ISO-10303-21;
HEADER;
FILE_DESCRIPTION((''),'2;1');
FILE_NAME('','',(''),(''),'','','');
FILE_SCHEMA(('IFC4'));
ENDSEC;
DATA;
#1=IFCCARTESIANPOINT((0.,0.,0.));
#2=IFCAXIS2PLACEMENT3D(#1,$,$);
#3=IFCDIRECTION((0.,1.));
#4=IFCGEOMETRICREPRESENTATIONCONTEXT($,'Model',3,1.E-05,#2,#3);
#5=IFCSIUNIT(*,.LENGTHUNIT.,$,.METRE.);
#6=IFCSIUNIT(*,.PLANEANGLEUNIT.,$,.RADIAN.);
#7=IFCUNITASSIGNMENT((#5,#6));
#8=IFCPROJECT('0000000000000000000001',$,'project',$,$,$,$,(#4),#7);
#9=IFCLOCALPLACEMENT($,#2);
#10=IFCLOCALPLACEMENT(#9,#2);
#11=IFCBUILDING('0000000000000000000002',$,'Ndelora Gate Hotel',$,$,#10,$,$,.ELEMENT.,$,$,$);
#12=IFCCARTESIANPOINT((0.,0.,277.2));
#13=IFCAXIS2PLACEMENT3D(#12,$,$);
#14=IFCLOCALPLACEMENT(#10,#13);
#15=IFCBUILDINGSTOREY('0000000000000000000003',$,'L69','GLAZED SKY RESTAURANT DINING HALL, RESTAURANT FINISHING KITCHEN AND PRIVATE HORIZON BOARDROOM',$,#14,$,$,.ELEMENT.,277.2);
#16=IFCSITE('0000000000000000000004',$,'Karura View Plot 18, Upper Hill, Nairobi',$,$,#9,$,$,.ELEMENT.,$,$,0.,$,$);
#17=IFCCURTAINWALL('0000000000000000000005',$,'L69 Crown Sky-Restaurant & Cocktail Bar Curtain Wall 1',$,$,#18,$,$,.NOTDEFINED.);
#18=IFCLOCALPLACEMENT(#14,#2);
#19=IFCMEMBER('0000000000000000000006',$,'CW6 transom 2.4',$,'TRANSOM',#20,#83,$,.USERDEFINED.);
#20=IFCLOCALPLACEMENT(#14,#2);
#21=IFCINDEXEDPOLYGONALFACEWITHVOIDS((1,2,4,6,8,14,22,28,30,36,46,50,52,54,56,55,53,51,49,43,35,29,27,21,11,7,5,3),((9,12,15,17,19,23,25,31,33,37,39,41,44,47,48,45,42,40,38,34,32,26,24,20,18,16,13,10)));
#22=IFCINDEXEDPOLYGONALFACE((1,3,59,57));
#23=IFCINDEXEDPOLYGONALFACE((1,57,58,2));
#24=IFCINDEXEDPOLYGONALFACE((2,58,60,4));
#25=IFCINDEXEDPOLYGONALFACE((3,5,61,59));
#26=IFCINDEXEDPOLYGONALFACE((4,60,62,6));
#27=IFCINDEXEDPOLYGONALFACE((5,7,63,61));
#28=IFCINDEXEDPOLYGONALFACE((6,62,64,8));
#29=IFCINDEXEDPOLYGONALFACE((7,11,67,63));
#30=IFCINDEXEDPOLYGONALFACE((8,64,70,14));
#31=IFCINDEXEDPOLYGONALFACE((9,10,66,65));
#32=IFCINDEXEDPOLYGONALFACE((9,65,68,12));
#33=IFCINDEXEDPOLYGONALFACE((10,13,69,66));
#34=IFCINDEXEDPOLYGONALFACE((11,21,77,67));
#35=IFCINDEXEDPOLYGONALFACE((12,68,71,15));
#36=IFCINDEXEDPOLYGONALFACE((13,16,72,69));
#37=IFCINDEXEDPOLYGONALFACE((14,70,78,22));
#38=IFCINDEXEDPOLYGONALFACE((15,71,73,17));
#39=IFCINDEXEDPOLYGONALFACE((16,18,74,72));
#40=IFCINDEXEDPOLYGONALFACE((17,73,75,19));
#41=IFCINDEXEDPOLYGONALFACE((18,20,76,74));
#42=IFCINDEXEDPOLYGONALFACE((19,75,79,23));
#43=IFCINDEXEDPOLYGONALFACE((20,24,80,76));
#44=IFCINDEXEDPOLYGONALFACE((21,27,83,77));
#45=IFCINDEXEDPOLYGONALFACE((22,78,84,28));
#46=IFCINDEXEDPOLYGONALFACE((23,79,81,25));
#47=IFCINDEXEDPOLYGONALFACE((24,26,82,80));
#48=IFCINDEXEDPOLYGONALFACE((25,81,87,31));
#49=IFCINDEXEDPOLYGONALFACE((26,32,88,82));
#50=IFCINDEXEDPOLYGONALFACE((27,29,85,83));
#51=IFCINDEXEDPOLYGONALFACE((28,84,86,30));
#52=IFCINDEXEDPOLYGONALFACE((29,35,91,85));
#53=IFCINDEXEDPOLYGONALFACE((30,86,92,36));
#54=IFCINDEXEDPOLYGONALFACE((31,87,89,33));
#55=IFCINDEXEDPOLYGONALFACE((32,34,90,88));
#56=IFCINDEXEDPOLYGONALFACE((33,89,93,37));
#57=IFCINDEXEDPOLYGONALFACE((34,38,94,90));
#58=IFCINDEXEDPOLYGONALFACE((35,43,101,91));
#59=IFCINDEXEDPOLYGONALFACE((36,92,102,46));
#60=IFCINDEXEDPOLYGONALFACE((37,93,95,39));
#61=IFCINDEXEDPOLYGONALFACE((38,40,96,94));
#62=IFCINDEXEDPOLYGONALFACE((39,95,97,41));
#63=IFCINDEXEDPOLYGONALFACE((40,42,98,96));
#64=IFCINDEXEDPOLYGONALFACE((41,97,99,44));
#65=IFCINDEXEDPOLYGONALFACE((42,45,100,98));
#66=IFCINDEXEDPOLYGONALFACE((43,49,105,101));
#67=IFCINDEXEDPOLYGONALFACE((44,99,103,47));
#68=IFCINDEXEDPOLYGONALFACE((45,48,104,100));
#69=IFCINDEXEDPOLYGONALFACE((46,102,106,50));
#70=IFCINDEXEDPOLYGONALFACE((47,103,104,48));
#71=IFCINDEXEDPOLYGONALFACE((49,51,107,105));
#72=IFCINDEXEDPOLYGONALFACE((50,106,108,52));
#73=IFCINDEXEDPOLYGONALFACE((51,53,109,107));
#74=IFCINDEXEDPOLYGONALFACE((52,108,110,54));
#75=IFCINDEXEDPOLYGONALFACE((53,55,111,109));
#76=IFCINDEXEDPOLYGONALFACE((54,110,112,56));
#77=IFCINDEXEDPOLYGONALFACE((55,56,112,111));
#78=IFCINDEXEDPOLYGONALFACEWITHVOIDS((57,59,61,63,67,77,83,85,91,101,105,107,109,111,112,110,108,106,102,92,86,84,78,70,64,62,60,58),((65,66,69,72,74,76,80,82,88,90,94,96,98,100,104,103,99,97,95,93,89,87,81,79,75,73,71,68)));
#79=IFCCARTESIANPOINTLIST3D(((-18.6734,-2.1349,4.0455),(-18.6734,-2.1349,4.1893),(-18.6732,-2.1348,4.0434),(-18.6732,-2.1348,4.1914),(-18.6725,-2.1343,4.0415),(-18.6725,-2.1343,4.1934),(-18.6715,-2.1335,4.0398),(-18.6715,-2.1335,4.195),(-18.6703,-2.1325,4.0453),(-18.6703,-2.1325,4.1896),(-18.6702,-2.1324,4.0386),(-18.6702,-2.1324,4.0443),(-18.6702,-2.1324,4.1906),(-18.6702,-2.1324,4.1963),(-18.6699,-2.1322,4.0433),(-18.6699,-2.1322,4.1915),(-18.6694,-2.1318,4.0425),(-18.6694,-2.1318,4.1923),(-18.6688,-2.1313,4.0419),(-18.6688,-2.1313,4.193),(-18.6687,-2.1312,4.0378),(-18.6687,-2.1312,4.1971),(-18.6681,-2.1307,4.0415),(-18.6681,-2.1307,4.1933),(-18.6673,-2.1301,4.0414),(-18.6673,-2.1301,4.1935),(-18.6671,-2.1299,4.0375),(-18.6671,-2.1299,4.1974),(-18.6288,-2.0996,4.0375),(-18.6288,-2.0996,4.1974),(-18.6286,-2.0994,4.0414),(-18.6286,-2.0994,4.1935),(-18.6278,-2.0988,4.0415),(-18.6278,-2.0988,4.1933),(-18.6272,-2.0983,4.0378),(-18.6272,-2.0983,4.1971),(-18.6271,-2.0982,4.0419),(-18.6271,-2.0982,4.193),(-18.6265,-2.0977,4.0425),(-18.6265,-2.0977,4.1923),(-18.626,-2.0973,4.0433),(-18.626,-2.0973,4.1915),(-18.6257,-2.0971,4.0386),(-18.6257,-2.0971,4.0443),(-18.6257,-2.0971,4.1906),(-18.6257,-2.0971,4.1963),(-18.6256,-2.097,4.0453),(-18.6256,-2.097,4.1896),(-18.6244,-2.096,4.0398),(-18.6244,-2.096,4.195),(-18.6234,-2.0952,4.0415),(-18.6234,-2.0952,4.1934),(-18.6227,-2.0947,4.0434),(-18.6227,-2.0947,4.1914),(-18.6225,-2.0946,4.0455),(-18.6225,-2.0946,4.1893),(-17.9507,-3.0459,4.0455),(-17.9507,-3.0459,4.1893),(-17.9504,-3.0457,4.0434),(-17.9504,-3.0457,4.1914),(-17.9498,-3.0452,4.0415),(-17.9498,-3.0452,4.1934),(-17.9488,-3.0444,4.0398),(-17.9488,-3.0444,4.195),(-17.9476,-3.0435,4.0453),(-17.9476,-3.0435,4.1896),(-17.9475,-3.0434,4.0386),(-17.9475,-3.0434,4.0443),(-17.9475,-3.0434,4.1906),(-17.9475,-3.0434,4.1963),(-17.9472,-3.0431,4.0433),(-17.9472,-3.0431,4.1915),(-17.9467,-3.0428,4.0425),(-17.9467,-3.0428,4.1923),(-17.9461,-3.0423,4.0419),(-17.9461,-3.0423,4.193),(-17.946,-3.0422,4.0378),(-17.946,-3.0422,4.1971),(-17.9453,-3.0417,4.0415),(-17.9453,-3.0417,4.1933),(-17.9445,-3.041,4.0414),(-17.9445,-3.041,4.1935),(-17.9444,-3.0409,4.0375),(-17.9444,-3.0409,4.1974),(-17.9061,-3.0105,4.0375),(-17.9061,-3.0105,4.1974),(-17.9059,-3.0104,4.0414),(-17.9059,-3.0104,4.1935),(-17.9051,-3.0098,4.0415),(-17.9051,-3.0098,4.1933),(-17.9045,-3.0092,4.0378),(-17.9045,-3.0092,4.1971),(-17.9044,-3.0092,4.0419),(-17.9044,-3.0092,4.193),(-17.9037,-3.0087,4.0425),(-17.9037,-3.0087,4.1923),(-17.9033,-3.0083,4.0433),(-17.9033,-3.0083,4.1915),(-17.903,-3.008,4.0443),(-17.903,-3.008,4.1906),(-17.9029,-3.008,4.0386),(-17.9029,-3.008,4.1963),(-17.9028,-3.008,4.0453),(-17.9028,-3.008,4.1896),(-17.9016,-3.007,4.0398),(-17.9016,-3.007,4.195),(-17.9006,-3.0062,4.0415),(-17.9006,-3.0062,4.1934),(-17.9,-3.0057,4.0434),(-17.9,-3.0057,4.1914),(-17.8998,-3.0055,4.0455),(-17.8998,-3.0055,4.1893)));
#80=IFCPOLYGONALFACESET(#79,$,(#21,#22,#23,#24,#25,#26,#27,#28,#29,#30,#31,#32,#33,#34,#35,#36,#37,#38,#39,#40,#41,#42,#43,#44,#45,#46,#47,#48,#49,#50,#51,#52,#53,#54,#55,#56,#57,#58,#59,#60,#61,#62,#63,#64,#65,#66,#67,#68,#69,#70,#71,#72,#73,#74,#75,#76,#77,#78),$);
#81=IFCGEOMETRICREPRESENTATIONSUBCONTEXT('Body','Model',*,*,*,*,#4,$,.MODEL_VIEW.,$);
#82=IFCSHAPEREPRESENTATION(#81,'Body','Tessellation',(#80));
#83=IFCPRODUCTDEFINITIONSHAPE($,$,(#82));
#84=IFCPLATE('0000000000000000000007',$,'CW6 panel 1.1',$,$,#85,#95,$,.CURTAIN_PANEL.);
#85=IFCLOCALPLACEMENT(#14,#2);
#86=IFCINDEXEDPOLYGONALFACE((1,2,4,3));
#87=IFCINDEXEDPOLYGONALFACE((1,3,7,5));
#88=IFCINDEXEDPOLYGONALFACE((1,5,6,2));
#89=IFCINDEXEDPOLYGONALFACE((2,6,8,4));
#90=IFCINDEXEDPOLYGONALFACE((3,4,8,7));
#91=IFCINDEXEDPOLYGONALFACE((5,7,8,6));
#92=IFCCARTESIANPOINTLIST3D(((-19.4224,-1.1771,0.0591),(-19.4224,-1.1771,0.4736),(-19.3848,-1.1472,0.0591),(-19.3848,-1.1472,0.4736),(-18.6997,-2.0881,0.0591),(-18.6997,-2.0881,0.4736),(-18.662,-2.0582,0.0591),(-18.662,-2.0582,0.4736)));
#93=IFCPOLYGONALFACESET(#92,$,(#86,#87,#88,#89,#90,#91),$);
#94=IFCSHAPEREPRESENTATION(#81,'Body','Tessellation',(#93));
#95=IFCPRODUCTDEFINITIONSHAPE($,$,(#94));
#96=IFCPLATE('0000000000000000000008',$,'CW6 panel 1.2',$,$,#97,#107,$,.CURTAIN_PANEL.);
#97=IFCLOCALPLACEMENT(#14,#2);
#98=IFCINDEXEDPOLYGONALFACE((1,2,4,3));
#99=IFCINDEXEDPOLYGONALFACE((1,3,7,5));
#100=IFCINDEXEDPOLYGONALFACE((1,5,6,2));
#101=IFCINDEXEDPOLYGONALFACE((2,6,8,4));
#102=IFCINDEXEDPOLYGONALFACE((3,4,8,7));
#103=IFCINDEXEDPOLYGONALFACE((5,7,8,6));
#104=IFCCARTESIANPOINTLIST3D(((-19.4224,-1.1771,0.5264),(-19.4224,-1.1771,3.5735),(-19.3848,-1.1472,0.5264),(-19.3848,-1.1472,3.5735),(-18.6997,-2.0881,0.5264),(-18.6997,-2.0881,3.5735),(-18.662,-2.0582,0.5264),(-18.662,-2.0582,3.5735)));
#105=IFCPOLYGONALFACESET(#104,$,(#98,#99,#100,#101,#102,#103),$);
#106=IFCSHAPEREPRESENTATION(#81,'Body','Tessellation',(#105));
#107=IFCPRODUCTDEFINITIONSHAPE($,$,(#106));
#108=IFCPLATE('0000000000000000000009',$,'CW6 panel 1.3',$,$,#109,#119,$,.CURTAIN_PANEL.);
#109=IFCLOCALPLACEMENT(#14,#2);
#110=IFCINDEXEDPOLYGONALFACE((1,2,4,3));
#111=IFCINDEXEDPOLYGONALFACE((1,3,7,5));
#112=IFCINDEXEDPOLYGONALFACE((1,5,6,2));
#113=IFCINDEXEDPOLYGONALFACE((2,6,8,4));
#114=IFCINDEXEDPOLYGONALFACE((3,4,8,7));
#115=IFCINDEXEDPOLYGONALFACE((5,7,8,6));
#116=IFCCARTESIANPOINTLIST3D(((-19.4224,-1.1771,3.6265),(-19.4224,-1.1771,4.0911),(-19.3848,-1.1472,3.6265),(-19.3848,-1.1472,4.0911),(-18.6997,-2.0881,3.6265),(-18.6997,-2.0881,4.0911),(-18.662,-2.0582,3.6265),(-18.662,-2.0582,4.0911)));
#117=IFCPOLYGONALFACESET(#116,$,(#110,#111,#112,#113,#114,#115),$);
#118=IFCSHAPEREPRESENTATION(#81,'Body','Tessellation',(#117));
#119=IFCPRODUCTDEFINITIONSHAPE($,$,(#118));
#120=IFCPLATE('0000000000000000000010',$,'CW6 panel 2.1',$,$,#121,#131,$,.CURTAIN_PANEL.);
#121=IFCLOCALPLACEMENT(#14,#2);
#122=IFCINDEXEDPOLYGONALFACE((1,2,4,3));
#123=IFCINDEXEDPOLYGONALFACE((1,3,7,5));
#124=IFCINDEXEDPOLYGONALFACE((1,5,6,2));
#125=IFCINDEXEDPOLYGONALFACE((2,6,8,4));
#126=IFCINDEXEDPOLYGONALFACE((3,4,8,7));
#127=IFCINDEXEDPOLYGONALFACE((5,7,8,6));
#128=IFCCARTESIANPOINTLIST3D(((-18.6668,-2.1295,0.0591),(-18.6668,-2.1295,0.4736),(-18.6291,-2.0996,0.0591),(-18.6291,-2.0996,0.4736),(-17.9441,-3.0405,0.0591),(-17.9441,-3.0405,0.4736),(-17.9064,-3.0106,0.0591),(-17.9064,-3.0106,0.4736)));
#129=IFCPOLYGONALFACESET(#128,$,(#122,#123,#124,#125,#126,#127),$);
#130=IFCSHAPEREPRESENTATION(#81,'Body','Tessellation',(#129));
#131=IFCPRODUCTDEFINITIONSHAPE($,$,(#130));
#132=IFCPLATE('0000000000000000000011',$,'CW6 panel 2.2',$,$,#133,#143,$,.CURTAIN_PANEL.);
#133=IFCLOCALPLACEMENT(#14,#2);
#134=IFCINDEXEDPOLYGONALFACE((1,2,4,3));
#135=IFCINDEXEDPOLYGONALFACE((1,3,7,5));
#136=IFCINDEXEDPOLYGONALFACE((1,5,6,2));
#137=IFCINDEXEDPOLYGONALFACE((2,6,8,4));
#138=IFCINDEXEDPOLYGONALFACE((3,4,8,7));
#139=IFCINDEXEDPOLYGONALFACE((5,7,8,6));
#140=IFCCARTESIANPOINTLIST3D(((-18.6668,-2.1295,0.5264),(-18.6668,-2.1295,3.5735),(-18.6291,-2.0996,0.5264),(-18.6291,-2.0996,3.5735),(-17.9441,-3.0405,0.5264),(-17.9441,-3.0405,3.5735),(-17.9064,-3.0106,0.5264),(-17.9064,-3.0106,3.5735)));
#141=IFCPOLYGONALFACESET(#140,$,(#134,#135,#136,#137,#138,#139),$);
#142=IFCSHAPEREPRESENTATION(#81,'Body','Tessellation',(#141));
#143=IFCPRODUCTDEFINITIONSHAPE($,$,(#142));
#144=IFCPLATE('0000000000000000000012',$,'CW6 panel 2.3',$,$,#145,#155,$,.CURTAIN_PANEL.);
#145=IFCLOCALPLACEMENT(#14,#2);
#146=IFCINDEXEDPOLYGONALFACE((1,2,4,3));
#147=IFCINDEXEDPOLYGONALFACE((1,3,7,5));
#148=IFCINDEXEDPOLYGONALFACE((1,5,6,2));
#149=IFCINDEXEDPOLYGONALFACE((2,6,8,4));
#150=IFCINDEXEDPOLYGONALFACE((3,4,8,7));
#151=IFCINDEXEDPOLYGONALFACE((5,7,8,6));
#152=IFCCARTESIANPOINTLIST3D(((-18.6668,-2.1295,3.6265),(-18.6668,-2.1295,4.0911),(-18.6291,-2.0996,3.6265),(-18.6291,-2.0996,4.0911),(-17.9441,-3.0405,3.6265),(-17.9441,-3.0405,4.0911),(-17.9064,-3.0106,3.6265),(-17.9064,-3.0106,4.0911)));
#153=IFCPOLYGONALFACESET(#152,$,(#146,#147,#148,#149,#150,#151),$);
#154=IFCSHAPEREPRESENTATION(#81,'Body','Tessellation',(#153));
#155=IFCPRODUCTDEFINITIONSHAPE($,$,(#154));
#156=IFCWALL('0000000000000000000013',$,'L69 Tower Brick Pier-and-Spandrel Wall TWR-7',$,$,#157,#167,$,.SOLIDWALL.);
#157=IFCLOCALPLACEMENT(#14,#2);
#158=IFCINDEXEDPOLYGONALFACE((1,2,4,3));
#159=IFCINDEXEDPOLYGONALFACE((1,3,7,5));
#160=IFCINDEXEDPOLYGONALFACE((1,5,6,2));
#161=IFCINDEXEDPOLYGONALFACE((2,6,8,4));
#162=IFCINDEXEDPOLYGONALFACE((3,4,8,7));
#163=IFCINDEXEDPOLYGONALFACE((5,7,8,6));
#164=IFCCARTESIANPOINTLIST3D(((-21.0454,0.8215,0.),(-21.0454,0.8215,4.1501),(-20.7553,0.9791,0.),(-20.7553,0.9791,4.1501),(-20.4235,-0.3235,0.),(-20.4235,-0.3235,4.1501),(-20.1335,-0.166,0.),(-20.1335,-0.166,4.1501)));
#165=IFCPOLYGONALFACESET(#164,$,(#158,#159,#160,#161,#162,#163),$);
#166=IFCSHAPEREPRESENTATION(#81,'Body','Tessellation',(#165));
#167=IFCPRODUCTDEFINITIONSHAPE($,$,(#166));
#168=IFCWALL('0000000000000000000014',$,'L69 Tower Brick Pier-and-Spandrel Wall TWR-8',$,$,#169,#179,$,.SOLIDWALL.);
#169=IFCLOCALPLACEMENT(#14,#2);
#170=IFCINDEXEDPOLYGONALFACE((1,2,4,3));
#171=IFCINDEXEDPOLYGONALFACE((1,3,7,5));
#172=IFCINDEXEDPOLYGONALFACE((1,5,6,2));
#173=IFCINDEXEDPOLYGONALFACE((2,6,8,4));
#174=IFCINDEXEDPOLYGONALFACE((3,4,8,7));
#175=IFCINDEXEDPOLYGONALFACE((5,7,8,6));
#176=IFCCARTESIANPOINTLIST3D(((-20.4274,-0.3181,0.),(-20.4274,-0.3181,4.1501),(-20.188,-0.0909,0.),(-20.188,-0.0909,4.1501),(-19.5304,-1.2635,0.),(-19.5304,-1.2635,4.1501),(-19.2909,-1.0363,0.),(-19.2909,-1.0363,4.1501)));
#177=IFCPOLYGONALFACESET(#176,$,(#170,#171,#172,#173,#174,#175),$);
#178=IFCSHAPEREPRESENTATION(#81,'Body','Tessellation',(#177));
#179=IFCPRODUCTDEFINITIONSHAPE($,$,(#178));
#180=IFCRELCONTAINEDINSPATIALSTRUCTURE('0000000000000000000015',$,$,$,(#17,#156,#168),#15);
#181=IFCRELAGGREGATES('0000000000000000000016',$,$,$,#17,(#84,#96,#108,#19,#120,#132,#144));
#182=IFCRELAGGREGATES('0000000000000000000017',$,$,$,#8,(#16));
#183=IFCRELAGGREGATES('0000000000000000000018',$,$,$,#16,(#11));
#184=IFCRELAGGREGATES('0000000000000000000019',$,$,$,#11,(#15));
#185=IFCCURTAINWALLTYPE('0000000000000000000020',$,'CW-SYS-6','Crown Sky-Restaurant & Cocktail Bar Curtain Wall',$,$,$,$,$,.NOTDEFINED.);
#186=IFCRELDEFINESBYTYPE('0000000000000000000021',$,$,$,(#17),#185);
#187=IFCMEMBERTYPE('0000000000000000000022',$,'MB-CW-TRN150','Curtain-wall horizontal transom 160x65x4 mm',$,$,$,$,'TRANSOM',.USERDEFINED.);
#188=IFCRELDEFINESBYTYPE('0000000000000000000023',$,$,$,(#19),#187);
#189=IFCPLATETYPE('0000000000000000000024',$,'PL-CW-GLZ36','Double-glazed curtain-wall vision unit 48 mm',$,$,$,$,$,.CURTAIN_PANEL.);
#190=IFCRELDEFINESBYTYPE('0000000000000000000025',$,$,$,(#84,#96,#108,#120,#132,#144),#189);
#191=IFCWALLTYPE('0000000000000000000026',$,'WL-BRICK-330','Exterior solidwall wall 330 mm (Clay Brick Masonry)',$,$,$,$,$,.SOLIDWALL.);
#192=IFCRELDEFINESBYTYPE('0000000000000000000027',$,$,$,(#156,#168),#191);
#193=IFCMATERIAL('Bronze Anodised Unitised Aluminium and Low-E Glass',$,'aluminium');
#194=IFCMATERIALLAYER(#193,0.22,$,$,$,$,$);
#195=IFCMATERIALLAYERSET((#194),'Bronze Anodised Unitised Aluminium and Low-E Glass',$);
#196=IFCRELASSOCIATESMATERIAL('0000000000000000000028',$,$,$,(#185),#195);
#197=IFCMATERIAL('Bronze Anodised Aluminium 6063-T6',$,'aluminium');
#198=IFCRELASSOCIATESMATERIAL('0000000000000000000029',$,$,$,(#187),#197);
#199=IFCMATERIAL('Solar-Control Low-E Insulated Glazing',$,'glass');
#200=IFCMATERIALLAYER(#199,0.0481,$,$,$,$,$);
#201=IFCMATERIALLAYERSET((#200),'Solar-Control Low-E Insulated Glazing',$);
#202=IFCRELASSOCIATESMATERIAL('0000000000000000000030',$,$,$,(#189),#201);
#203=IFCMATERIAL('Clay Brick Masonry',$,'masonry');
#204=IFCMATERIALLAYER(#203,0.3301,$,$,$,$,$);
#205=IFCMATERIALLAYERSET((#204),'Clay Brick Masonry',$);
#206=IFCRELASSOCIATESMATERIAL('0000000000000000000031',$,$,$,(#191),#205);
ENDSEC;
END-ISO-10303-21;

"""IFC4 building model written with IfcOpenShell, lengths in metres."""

from ifc_helpers import new_model, si_unit, direction, frame, frame_2d, origin, origin_2d, place, context, subcontext, project, spatial, rectangle, hollow_rectangle, extrude, material, layer, layer_set, material_profile, profile_set, type_object, element, aggregate, save


model = new_model("IFC4")

# Units and contexts
model_context = context("Model", 3, precision=1e-05, world=origin(), true_north=direction((0.0, 1.0)))
body_context = subcontext(model_context, "Body", "Model", "MODEL_VIEW")
ifc_project = project(units=[si_unit("LENGTHUNIT", "METRE"), si_unit("PLANEANGLEUNIT", "RADIAN")], contexts=[model_context])

# Site, building, storey
site_placement = place(None, origin())
site = spatial("IfcSite", under=ifc_project, at=site_placement, Name="Karura View Plot 18, Upper Hill, Nairobi", CompositionType="ELEMENT", RefElevation=0.0)
building_placement = place(site_placement, origin())
building = spatial("IfcBuilding", under=site, at=building_placement, Name="Ndelora Gate Hotel", CompositionType="ELEMENT")
storey_placement = place(building_placement, frame((0.0, 0.0, 277.2)))
storey = spatial("IfcBuildingStorey", under=building, at=storey_placement, Name="L69", Description="GLAZED SKY RESTAURANT DINING HALL, RESTAURANT FINISHING KITCHEN AND PRIVATE HORIZON BOARDROOM", CompositionType="ELEMENT", Elevation=277.2)

# Curtain wall, member, plates
ifc_material_1 = material(Name="Bronze Anodised Unitised Aluminium and Low-E Glass", Category="aluminium")
ifc_layer_1 = layer(ifc_material_1, 0.22)
ifc_layer_set_1 = layer_set([ifc_layer_1], Name="Bronze Anodised Unitised Aluminium and Low-E Glass")
curtain_wall_type = type_object("IfcCurtainWallType", Name="CW-SYS-6", Description="Crown Sky-Restaurant & Cocktail Bar Curtain Wall", PredefinedType="NOTDEFINED", material=ifc_layer_set_1)
curtain_wall_placement = place(storey_placement, origin())
curtain_wall = element("IfcCurtainWall", 1, at=curtain_wall_placement, inside=storey, type_object=curtain_wall_type, Name="L69 Crown Sky-Restaurant & Cocktail Bar Curtain Wall 1", PredefinedType="NOTDEFINED")
ifc_material_2 = material(Name="Bronze Anodised Aluminium 6063-T6", Category="aluminium")
ifc_material_profile_1 = material_profile(ifc_material_2, hollow_rectangle(XDim=0.0649, YDim=0.1599, WallThickness=0.0039, InnerFilletRadius=0.0039, OuterFilletRadius=0.0081, at=origin_2d()), Name="ALU 160x65x4")
ifc_profile_set_1 = profile_set([ifc_material_profile_1], Name="Bronze Anodised Aluminium 6063-T6")
member_type_1 = type_object("IfcMemberType", Name="MB-CW-TRN150", Description="Curtain-wall horizontal transom 160x65x4 mm", ElementType="TRANSOM", PredefinedType="USERDEFINED", material=ifc_profile_set_1)
member_1_placement = place(storey_placement, frame((-18.6479, -2.1147, 4.1174), z_axis=(0.621515, -0.783402, 0.0), x_axis=(0.783402, 0.621515, 0.0)))
member_1 = element("IfcMember", 2, at=member_1_placement, type_object=member_type_1, Name="CW6 transom 2.4", ObjectType="TRANSOM", PredefinedType="USERDEFINED", context=body_context, shape_type="SweptSolid", body=[
    extrude(hollow_rectangle(XDim=0.0649, YDim=0.1599, WallThickness=0.0039, InnerFilletRadius=0.0039, OuterFilletRadius=0.0081, at=origin_2d()), origin(), (0.0, 0.0, 1.0), 1.1628),
])
ifc_material_3 = material(Name="Solar-Control Low-E Insulated Glazing", Category="glass")
ifc_layer_2 = layer(ifc_material_3, 0.0481)
ifc_layer_set_2 = layer_set([ifc_layer_2], Name="Solar-Control Low-E Insulated Glazing")
plate_type = type_object("IfcPlateType", Name="PL-CW-GLZ36", Description="Double-glazed curtain-wall vision unit 48 mm", PredefinedType="CURTAIN_PANEL", material=ifc_layer_set_2)
plate_1_placement = place(storey_placement, frame((-19.0422, -1.6177, 0.0591), z_axis=(0.0, 0.0, 1.0), x_axis=(0.621505, -0.78341, 0.0)))
plate_1 = element("IfcPlate", 3, at=plate_1_placement, type_object=plate_type, Name="CW6 panel 1.1", PredefinedType="CURTAIN_PANEL", context=body_context, shape_type="SweptSolid", body=[
    extrude(rectangle(XDim=1.1628, YDim=0.0481, at=origin_2d()), origin(), (0.0, 0.0, 1.0), 0.4146),
])
plate_2_placement = place(storey_placement, frame((-19.0422, -1.6177, 0.5264), z_axis=(0.0, 0.0, 1.0), x_axis=(0.621505, -0.78341, 0.0)))
plate_2 = element("IfcPlate", 4, at=plate_2_placement, type_object=plate_type, Name="CW6 panel 1.2", PredefinedType="CURTAIN_PANEL", context=body_context, shape_type="SweptSolid", body=[
    extrude(rectangle(XDim=1.1628, YDim=0.0481, at=origin_2d()), origin(), (0.0, 0.0, 1.0), 3.0471),
])
plate_3_placement = place(storey_placement, frame((-19.0422, -1.6177, 3.6265), z_axis=(0.0, 0.0, 1.0), x_axis=(0.621505, -0.78341, 0.0)))
plate_3 = element("IfcPlate", 5, at=plate_3_placement, type_object=plate_type, Name="CW6 panel 1.3", PredefinedType="CURTAIN_PANEL", context=body_context, shape_type="SweptSolid", body=[
    extrude(rectangle(XDim=1.1628, YDim=0.0481, at=origin_2d()), origin(), (0.0, 0.0, 1.0), 0.4646),
])
plate_4_placement = place(storey_placement, frame((-18.2866, -2.5701, 0.0591), z_axis=(0.0, 0.0, 1.0), x_axis=(0.621505, -0.78341, 0.0)))
plate_4 = element("IfcPlate", 6, at=plate_4_placement, type_object=plate_type, Name="CW6 panel 2.1", PredefinedType="CURTAIN_PANEL", context=body_context, shape_type="SweptSolid", body=[
    extrude(rectangle(XDim=1.1628, YDim=0.0481, at=origin_2d()), origin(), (0.0, 0.0, 1.0), 0.4146),
])
plate_5_placement = place(storey_placement, frame((-18.2866, -2.5701, 0.5264), z_axis=(0.0, 0.0, 1.0), x_axis=(0.621505, -0.78341, 0.0)))
plate_5 = element("IfcPlate", 7, at=plate_5_placement, type_object=plate_type, Name="CW6 panel 2.2", PredefinedType="CURTAIN_PANEL", context=body_context, shape_type="SweptSolid", body=[
    extrude(rectangle(XDim=1.1628, YDim=0.0481, at=origin_2d()), origin(), (0.0, 0.0, 1.0), 3.0471),
])
plate_6_placement = place(storey_placement, frame((-18.2866, -2.5701, 3.6265), z_axis=(0.0, 0.0, 1.0), x_axis=(0.621505, -0.78341, 0.0)))
plate_6 = element("IfcPlate", 8, at=plate_6_placement, type_object=plate_type, Name="CW6 panel 2.3", PredefinedType="CURTAIN_PANEL", context=body_context, shape_type="SweptSolid", body=[
    extrude(rectangle(XDim=1.1628, YDim=0.0481, at=origin_2d()), origin(), (0.0, 0.0, 1.0), 0.4646),
])
aggregate(curtain_wall, [plate_1, plate_2, plate_3, member_1, plate_4, plate_5, plate_6])

# Walls
ifc_material_4 = material(Name="Clay Brick Masonry", Category="masonry")
ifc_layer_3 = layer(ifc_material_4, 0.3301)
ifc_layer_set_3 = layer_set([ifc_layer_3], Name="Clay Brick Masonry")
wall_type = type_object("IfcWallType", Name="WL-BRICK-330", Description="Exterior solidwall wall 330 mm (Clay Brick Masonry)", PredefinedType="SOLIDWALL", material=ifc_layer_set_3)
wall_1_placement = place(storey_placement, frame((-20.2786, -0.2446, 0.0), z_axis=(0.0, 0.0, 1.0), x_axis=(-0.477237, 0.878775, 0.0)))
element("IfcWall", 9, at=wall_1_placement, inside=storey, type_object=wall_type, Name="L69 Tower Brick Pier-and-Spandrel Wall TWR-7", PredefinedType="SOLIDWALL", context=body_context, shape_type="SweptSolid", body=[
    extrude(rectangle(XDim=1.303, YDim=0.3301, at=frame_2d((0.6514, 0.0))), origin(), (0.0, 0.0, 1.0), 4.1501),
])
wall_2_placement = place(storey_placement, frame((-19.4106, -1.1499, 0.0), z_axis=(0.0, 0.0, 1.0), x_axis=(-0.688316, 0.725411, 0.0)))
element("IfcWall", 10, at=wall_2_placement, inside=storey, type_object=wall_type, Name="L69 Tower Brick Pier-and-Spandrel Wall TWR-8", PredefinedType="SOLIDWALL", context=body_context, shape_type="SweptSolid", body=[
    extrude(rectangle(XDim=1.3032, YDim=0.3301, at=frame_2d((0.6516, 0.0))), origin(), (0.0, 0.0, 1.0), 4.1501),
])

save(model, "model.ifc")
